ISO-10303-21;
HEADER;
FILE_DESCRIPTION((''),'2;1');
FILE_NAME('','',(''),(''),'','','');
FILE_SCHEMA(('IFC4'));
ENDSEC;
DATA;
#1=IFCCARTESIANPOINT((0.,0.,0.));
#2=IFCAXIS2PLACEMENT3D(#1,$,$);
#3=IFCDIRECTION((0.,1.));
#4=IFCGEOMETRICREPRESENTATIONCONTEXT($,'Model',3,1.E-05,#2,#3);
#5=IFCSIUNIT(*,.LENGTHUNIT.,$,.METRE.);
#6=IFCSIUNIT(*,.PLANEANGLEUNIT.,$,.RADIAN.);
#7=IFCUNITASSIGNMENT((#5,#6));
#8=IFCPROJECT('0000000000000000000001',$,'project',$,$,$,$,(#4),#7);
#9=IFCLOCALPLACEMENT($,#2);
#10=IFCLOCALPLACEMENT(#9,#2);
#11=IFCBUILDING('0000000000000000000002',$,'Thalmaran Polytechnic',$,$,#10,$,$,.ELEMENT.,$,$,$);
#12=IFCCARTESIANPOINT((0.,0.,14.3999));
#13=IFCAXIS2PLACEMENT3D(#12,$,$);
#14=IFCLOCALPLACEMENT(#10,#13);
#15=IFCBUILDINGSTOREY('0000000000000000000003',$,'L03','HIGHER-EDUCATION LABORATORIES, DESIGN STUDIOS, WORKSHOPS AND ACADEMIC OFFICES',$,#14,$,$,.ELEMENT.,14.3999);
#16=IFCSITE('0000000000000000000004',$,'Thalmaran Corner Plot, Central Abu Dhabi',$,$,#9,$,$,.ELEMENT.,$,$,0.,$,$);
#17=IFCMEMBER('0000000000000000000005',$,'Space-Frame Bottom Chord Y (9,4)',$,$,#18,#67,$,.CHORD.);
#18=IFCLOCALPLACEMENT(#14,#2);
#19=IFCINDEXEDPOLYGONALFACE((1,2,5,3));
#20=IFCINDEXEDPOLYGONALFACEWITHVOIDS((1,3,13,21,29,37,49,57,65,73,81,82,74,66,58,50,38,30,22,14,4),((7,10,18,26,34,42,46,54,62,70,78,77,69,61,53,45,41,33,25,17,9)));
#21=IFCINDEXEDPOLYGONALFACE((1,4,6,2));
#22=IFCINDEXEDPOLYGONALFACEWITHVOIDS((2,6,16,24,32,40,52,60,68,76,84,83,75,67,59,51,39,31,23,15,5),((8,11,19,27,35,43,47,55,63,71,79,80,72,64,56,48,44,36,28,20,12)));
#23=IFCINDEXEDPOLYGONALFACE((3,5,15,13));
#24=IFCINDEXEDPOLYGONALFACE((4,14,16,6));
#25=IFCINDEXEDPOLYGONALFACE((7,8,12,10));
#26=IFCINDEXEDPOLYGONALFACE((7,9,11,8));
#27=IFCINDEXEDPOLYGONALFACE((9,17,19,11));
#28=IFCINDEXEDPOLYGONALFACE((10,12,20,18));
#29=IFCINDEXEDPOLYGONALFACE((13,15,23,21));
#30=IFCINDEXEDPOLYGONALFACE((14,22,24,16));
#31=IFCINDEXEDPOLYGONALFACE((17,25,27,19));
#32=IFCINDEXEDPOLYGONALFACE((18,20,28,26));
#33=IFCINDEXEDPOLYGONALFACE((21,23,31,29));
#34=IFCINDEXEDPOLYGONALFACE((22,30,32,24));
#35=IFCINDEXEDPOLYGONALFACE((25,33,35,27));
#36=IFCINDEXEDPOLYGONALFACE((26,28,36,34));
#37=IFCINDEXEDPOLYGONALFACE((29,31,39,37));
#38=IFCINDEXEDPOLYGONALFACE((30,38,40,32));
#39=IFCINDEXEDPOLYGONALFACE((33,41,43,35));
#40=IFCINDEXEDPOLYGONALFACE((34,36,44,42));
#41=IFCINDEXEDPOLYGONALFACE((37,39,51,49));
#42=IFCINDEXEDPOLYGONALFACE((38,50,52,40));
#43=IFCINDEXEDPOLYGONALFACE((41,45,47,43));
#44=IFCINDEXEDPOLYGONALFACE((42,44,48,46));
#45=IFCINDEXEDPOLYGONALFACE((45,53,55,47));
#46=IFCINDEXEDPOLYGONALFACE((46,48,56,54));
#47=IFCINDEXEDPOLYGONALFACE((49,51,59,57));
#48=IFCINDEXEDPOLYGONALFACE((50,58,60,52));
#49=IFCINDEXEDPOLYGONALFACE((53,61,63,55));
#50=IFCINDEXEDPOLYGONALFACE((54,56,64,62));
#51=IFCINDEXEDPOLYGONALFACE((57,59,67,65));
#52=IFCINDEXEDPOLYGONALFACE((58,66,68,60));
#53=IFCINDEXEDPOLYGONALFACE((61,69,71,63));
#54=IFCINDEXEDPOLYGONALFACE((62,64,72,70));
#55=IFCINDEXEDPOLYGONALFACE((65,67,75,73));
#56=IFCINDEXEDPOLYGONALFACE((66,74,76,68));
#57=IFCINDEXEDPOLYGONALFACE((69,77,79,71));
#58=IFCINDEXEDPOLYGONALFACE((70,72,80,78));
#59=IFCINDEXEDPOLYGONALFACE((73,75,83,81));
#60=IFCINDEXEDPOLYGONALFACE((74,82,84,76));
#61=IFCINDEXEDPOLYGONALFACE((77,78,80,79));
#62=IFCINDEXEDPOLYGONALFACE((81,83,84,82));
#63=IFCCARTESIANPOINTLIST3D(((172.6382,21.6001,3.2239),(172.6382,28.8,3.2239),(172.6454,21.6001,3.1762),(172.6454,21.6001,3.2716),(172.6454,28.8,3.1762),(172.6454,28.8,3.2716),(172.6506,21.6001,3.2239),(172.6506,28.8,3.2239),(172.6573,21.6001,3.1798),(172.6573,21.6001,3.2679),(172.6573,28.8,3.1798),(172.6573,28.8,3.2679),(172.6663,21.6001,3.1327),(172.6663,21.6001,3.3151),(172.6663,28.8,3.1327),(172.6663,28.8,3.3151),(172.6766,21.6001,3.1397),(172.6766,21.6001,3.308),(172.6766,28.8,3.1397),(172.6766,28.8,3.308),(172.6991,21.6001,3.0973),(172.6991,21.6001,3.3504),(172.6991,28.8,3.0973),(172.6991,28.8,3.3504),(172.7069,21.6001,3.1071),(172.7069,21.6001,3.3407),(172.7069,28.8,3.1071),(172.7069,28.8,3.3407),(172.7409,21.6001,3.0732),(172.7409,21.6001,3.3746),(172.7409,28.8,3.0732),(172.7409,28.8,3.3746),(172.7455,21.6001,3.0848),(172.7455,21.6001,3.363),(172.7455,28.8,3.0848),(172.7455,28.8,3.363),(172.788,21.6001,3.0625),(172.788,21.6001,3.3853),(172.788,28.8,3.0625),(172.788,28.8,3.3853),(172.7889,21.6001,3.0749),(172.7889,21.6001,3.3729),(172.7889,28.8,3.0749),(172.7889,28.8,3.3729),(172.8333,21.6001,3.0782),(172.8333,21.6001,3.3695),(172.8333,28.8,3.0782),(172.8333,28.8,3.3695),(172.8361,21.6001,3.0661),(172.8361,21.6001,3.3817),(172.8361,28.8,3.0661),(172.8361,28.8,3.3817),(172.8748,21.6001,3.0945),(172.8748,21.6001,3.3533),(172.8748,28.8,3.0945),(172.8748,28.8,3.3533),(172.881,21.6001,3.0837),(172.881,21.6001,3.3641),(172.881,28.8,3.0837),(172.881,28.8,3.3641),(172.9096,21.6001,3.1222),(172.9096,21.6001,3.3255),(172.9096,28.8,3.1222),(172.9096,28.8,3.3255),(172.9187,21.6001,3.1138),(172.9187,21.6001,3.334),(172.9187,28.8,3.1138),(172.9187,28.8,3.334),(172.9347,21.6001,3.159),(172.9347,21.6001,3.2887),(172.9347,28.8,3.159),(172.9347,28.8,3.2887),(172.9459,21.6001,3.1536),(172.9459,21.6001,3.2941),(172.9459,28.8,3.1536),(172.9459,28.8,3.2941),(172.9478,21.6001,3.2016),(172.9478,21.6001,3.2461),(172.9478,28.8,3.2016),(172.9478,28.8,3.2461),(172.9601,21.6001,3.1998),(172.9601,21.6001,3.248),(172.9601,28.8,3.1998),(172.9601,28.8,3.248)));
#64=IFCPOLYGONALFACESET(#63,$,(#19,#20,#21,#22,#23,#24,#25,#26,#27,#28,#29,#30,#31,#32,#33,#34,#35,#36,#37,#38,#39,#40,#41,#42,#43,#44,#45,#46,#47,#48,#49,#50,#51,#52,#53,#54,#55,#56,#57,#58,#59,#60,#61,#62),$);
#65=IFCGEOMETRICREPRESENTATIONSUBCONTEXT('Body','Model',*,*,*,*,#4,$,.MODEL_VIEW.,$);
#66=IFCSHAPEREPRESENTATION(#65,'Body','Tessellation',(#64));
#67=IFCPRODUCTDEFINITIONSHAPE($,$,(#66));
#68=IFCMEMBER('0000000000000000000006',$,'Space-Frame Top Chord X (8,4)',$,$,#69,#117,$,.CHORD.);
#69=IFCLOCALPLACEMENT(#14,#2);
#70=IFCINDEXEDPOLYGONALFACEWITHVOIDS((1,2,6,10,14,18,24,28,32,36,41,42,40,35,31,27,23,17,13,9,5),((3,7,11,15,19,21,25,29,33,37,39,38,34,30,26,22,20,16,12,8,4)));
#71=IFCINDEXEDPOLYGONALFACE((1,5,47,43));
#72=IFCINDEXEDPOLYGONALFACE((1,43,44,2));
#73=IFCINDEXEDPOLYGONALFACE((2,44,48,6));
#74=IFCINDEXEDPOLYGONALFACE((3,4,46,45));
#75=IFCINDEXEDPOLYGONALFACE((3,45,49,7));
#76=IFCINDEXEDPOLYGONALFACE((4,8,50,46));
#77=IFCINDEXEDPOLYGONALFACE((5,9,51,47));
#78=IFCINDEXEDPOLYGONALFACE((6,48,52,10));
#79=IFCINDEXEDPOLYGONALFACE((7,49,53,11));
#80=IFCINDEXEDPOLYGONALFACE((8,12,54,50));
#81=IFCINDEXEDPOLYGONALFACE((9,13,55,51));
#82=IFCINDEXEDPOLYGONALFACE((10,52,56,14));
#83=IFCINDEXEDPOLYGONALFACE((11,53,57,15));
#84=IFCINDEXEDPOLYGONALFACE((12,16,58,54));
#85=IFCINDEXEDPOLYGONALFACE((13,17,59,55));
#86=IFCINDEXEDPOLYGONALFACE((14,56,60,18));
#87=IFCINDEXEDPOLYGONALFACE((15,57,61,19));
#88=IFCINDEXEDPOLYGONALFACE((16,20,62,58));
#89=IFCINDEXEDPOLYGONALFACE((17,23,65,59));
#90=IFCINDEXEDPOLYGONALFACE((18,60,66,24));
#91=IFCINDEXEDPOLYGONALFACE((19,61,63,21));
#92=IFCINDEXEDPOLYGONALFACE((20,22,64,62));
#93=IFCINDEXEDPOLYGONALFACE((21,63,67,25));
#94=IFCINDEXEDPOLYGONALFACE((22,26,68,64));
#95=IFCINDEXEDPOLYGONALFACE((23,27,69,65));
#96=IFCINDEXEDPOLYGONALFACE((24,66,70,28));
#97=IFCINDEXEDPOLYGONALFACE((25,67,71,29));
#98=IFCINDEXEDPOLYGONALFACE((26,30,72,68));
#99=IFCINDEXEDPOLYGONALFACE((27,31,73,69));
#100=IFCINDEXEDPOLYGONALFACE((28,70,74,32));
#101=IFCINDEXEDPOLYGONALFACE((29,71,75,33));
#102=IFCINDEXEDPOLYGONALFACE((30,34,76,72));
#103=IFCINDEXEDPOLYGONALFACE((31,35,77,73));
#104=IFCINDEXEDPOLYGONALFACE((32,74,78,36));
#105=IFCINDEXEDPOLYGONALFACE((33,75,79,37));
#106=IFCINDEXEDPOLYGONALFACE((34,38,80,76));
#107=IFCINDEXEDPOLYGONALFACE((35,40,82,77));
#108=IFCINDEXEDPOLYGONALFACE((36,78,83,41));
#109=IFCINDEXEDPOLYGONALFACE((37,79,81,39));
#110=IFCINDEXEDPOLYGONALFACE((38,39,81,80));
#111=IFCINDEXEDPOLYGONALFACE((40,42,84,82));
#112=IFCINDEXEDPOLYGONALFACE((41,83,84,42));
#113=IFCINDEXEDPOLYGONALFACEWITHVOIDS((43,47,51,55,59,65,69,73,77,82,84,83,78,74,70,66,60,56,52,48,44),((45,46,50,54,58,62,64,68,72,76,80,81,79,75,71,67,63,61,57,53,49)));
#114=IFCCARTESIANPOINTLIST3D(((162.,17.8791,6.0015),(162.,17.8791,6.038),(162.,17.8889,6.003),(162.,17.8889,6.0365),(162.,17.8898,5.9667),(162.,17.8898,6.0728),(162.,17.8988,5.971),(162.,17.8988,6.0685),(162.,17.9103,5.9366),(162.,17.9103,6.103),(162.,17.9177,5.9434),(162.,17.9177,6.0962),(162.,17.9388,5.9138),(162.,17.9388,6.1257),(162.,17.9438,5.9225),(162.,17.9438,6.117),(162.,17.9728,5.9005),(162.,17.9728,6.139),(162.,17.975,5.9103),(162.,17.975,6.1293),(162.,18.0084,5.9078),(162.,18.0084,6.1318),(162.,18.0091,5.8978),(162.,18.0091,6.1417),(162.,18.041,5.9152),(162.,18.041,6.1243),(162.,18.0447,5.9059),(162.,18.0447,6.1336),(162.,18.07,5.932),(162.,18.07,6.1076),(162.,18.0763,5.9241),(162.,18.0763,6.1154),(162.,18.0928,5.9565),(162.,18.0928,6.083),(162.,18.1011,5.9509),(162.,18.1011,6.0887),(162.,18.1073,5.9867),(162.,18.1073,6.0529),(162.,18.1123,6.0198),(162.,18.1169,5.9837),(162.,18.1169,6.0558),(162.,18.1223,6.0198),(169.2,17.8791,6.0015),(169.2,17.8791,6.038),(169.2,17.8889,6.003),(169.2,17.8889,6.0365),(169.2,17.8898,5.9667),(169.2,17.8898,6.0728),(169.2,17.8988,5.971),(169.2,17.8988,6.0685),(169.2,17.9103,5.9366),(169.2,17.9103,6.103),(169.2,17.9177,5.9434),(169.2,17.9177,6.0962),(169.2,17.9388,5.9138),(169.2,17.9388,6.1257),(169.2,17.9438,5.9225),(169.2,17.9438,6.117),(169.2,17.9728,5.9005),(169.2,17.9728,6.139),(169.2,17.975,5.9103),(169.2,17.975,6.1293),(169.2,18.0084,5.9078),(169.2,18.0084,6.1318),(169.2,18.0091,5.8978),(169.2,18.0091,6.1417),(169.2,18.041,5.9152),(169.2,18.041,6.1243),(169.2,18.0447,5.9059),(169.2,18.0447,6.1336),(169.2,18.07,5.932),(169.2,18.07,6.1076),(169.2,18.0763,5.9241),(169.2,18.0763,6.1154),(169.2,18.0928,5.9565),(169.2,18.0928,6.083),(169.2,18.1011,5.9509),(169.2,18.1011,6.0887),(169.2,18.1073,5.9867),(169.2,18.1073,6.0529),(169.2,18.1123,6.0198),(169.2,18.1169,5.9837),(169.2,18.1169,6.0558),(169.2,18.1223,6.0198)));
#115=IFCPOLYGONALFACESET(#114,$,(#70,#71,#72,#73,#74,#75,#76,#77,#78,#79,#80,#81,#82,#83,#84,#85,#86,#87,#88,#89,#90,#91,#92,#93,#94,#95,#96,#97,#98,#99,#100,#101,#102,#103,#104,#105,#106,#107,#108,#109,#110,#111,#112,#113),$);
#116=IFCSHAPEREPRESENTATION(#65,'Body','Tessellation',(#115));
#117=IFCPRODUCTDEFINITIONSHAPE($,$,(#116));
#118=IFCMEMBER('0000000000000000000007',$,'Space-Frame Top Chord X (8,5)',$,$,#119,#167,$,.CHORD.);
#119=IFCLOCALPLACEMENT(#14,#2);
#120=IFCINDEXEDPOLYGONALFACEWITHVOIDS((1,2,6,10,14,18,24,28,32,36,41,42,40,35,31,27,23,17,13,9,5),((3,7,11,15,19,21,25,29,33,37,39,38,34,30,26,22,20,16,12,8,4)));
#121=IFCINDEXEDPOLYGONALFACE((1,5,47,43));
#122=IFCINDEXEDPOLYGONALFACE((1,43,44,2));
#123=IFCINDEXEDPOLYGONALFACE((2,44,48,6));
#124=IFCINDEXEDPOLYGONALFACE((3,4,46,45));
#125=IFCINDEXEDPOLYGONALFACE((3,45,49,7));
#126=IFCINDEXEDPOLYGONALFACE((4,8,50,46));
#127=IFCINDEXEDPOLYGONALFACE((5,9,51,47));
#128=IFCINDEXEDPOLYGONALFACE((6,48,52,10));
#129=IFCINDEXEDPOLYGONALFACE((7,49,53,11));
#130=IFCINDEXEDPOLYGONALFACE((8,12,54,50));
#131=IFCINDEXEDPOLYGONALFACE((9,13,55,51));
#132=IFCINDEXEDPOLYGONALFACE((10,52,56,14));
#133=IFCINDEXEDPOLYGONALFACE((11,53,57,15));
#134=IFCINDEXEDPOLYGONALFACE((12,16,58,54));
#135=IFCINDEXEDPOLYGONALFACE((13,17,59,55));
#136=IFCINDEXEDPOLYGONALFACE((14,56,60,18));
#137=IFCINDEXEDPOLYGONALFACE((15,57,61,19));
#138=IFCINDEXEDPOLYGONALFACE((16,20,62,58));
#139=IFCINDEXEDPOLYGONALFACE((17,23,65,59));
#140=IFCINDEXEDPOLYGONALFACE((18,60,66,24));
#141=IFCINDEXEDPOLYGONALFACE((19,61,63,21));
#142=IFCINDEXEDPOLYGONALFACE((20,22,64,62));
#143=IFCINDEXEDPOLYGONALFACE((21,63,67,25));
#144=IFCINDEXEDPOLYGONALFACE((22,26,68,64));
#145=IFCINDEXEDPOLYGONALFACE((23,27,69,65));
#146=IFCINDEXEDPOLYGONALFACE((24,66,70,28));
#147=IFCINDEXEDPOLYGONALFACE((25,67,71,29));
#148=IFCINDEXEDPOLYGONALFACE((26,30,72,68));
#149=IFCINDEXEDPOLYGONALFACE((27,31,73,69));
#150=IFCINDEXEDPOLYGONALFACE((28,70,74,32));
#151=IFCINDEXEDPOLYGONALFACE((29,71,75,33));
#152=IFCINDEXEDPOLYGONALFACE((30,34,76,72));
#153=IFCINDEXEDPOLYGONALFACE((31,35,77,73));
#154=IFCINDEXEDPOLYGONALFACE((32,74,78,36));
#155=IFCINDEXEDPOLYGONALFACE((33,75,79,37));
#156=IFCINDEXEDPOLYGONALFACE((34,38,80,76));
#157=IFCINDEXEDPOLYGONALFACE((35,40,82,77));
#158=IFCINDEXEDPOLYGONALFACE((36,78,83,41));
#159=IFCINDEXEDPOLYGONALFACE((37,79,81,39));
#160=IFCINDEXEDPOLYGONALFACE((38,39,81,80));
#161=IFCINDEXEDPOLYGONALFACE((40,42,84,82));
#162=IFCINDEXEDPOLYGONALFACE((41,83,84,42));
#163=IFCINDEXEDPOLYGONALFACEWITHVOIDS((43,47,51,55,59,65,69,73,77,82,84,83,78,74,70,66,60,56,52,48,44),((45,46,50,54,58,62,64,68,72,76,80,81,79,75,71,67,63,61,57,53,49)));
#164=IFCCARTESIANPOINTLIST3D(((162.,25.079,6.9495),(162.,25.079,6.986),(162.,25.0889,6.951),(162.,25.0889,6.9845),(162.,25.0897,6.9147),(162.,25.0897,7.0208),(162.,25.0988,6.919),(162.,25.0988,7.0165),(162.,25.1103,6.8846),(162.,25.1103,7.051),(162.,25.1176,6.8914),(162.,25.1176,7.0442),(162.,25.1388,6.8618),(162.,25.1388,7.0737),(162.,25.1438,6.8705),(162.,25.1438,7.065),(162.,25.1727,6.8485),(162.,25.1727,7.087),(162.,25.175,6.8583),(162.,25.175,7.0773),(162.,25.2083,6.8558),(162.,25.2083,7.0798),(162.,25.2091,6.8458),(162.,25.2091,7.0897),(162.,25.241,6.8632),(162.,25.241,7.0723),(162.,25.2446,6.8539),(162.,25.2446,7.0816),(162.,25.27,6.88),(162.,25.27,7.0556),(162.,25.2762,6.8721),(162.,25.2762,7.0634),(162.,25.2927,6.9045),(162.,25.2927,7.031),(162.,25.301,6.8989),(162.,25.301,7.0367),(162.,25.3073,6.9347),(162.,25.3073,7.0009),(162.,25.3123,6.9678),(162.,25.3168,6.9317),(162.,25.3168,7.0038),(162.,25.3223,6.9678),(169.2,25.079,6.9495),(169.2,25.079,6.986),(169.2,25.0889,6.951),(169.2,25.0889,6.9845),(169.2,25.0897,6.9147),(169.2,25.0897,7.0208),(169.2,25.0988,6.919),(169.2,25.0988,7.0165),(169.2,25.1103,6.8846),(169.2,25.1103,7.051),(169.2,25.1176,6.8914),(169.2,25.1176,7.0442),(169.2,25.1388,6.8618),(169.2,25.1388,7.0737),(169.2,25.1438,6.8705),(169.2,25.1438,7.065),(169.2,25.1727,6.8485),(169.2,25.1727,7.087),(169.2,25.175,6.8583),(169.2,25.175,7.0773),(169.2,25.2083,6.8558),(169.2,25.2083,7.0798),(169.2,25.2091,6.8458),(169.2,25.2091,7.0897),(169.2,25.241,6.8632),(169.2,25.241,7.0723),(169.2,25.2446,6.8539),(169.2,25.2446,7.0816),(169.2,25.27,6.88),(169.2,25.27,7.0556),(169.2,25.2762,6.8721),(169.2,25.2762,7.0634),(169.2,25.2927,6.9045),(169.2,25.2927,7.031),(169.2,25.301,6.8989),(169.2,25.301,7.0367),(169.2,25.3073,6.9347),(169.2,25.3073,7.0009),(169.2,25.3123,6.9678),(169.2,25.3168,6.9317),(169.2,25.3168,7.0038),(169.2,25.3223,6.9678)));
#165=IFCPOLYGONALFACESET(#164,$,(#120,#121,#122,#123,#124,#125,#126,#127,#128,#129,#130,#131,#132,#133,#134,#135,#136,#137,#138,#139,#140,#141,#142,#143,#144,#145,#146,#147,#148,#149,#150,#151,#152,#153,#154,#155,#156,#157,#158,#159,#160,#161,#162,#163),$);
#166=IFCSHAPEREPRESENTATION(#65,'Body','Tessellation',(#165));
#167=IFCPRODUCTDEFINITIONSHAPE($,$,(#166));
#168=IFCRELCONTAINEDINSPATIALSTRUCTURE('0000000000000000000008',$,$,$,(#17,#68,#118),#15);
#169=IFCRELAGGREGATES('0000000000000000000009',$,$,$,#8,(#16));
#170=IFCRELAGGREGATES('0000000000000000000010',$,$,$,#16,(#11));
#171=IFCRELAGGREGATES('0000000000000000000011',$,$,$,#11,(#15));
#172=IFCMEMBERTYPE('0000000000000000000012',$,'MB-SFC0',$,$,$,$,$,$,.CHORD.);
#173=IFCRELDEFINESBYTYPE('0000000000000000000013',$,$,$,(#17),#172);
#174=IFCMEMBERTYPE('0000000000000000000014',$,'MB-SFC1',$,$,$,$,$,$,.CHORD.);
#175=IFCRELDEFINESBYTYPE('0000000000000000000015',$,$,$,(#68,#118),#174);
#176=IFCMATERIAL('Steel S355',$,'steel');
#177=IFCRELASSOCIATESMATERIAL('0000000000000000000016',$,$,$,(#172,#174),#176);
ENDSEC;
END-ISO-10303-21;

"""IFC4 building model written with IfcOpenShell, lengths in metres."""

from ifc_helpers import new_model, si_unit, direction, frame, origin, origin_2d, place, context, subcontext, project, spatial, hollow_circle, extrude, material, material_profile, profile_set, type_object, element, save


model = new_model("IFC4")

# Units and contexts
model_context = context("Model", 3, precision=1e-05, world=origin(), true_north=direction((0.0, 1.0)))
body_context = subcontext(model_context, "Body", "Model", "MODEL_VIEW")
ifc_project = project(units=[si_unit("LENGTHUNIT", "METRE"), si_unit("PLANEANGLEUNIT", "RADIAN")], contexts=[model_context])

# Site, building, storey
site_placement = place(None, origin())
site = spatial("IfcSite", under=ifc_project, at=site_placement, Name="Thalmaran Corner Plot, Central Abu Dhabi", CompositionType="ELEMENT", RefElevation=0.0)
building_placement = place(site_placement, origin())
building = spatial("IfcBuilding", under=site, at=building_placement, Name="Thalmaran Polytechnic", CompositionType="ELEMENT")
storey_placement = place(building_placement, frame((0.0, 0.0, 14.3999)))
storey = spatial("IfcBuildingStorey", under=building, at=storey_placement, Name="L03", Description="HIGHER-EDUCATION LABORATORIES, DESIGN STUDIOS, WORKSHOPS AND ACADEMIC OFFICES", CompositionType="ELEMENT", Elevation=14.3999)

# Shared definitions
ifc_material_1 = material(Name="Steel S355", Category="steel")

# Members
ifc_material_profile_1 = material_profile(ifc_material_1, hollow_circle(Radius=0.1619, WallThickness=0.0125, at=origin_2d()), Name="CHS 323.9x12.5")
ifc_profile_set_1 = profile_set([ifc_material_profile_1], Name="Steel S355")
member_type_1 = type_object("IfcMemberType", Name="MB-SFC0", PredefinedType="CHORD", material=ifc_profile_set_1)
member_1_placement = place(storey_placement, frame((172.8, 21.6001, 3.2239), z_axis=(0.0, 1.0, 0.0), x_axis=(-1.0, 0.0, 0.0)))
element("IfcMember", 1, at=member_1_placement, inside=storey, type_object=member_type_1, Name="Space-Frame Bottom Chord Y (9,4)", PredefinedType="CHORD", context=body_context, shape_type="SweptSolid", body=[
    extrude(hollow_circle(Radius=0.1619, WallThickness=0.0125, at=origin_2d()), origin(), (0.0, 0.0, 1.0), 7.2),
])
ifc_material_profile_2 = material_profile(ifc_material_1, hollow_circle(Radius=0.1223, WallThickness=0.01, at=origin_2d()), Name="CHS 244.5x10.0")
ifc_profile_set_2 = profile_set([ifc_material_profile_2], Name="Steel S355")
member_type_2 = type_object("IfcMemberType", Name="MB-SFC1", PredefinedType="CHORD", material=ifc_profile_set_2)
for number, where, z_axis, x_axis, name in (
    (2, (162.0, 18.0, 6.0198), (1.0, 0.0, 0.0), (0.0, 1.0, 0.0), "Space-Frame Top Chord X (8,4)"),
    (3, (162.0, 25.2, 6.9678), (1.0, 0.0, 0.0), (0.0, 1.0, 0.0), "Space-Frame Top Chord X (8,5)"),
):
    element("IfcMember", number, at=place(storey_placement, frame(where, z_axis=z_axis, x_axis=x_axis)), inside=storey, type_object=member_type_2, Name=name, PredefinedType="CHORD", context=body_context, shape_type="SweptSolid", body=[
        extrude(hollow_circle(Radius=0.1223, WallThickness=0.01, at=origin_2d()), origin(), (0.0, 0.0, 1.0), 7.2),
    ])

save(model, "model.ifc")
